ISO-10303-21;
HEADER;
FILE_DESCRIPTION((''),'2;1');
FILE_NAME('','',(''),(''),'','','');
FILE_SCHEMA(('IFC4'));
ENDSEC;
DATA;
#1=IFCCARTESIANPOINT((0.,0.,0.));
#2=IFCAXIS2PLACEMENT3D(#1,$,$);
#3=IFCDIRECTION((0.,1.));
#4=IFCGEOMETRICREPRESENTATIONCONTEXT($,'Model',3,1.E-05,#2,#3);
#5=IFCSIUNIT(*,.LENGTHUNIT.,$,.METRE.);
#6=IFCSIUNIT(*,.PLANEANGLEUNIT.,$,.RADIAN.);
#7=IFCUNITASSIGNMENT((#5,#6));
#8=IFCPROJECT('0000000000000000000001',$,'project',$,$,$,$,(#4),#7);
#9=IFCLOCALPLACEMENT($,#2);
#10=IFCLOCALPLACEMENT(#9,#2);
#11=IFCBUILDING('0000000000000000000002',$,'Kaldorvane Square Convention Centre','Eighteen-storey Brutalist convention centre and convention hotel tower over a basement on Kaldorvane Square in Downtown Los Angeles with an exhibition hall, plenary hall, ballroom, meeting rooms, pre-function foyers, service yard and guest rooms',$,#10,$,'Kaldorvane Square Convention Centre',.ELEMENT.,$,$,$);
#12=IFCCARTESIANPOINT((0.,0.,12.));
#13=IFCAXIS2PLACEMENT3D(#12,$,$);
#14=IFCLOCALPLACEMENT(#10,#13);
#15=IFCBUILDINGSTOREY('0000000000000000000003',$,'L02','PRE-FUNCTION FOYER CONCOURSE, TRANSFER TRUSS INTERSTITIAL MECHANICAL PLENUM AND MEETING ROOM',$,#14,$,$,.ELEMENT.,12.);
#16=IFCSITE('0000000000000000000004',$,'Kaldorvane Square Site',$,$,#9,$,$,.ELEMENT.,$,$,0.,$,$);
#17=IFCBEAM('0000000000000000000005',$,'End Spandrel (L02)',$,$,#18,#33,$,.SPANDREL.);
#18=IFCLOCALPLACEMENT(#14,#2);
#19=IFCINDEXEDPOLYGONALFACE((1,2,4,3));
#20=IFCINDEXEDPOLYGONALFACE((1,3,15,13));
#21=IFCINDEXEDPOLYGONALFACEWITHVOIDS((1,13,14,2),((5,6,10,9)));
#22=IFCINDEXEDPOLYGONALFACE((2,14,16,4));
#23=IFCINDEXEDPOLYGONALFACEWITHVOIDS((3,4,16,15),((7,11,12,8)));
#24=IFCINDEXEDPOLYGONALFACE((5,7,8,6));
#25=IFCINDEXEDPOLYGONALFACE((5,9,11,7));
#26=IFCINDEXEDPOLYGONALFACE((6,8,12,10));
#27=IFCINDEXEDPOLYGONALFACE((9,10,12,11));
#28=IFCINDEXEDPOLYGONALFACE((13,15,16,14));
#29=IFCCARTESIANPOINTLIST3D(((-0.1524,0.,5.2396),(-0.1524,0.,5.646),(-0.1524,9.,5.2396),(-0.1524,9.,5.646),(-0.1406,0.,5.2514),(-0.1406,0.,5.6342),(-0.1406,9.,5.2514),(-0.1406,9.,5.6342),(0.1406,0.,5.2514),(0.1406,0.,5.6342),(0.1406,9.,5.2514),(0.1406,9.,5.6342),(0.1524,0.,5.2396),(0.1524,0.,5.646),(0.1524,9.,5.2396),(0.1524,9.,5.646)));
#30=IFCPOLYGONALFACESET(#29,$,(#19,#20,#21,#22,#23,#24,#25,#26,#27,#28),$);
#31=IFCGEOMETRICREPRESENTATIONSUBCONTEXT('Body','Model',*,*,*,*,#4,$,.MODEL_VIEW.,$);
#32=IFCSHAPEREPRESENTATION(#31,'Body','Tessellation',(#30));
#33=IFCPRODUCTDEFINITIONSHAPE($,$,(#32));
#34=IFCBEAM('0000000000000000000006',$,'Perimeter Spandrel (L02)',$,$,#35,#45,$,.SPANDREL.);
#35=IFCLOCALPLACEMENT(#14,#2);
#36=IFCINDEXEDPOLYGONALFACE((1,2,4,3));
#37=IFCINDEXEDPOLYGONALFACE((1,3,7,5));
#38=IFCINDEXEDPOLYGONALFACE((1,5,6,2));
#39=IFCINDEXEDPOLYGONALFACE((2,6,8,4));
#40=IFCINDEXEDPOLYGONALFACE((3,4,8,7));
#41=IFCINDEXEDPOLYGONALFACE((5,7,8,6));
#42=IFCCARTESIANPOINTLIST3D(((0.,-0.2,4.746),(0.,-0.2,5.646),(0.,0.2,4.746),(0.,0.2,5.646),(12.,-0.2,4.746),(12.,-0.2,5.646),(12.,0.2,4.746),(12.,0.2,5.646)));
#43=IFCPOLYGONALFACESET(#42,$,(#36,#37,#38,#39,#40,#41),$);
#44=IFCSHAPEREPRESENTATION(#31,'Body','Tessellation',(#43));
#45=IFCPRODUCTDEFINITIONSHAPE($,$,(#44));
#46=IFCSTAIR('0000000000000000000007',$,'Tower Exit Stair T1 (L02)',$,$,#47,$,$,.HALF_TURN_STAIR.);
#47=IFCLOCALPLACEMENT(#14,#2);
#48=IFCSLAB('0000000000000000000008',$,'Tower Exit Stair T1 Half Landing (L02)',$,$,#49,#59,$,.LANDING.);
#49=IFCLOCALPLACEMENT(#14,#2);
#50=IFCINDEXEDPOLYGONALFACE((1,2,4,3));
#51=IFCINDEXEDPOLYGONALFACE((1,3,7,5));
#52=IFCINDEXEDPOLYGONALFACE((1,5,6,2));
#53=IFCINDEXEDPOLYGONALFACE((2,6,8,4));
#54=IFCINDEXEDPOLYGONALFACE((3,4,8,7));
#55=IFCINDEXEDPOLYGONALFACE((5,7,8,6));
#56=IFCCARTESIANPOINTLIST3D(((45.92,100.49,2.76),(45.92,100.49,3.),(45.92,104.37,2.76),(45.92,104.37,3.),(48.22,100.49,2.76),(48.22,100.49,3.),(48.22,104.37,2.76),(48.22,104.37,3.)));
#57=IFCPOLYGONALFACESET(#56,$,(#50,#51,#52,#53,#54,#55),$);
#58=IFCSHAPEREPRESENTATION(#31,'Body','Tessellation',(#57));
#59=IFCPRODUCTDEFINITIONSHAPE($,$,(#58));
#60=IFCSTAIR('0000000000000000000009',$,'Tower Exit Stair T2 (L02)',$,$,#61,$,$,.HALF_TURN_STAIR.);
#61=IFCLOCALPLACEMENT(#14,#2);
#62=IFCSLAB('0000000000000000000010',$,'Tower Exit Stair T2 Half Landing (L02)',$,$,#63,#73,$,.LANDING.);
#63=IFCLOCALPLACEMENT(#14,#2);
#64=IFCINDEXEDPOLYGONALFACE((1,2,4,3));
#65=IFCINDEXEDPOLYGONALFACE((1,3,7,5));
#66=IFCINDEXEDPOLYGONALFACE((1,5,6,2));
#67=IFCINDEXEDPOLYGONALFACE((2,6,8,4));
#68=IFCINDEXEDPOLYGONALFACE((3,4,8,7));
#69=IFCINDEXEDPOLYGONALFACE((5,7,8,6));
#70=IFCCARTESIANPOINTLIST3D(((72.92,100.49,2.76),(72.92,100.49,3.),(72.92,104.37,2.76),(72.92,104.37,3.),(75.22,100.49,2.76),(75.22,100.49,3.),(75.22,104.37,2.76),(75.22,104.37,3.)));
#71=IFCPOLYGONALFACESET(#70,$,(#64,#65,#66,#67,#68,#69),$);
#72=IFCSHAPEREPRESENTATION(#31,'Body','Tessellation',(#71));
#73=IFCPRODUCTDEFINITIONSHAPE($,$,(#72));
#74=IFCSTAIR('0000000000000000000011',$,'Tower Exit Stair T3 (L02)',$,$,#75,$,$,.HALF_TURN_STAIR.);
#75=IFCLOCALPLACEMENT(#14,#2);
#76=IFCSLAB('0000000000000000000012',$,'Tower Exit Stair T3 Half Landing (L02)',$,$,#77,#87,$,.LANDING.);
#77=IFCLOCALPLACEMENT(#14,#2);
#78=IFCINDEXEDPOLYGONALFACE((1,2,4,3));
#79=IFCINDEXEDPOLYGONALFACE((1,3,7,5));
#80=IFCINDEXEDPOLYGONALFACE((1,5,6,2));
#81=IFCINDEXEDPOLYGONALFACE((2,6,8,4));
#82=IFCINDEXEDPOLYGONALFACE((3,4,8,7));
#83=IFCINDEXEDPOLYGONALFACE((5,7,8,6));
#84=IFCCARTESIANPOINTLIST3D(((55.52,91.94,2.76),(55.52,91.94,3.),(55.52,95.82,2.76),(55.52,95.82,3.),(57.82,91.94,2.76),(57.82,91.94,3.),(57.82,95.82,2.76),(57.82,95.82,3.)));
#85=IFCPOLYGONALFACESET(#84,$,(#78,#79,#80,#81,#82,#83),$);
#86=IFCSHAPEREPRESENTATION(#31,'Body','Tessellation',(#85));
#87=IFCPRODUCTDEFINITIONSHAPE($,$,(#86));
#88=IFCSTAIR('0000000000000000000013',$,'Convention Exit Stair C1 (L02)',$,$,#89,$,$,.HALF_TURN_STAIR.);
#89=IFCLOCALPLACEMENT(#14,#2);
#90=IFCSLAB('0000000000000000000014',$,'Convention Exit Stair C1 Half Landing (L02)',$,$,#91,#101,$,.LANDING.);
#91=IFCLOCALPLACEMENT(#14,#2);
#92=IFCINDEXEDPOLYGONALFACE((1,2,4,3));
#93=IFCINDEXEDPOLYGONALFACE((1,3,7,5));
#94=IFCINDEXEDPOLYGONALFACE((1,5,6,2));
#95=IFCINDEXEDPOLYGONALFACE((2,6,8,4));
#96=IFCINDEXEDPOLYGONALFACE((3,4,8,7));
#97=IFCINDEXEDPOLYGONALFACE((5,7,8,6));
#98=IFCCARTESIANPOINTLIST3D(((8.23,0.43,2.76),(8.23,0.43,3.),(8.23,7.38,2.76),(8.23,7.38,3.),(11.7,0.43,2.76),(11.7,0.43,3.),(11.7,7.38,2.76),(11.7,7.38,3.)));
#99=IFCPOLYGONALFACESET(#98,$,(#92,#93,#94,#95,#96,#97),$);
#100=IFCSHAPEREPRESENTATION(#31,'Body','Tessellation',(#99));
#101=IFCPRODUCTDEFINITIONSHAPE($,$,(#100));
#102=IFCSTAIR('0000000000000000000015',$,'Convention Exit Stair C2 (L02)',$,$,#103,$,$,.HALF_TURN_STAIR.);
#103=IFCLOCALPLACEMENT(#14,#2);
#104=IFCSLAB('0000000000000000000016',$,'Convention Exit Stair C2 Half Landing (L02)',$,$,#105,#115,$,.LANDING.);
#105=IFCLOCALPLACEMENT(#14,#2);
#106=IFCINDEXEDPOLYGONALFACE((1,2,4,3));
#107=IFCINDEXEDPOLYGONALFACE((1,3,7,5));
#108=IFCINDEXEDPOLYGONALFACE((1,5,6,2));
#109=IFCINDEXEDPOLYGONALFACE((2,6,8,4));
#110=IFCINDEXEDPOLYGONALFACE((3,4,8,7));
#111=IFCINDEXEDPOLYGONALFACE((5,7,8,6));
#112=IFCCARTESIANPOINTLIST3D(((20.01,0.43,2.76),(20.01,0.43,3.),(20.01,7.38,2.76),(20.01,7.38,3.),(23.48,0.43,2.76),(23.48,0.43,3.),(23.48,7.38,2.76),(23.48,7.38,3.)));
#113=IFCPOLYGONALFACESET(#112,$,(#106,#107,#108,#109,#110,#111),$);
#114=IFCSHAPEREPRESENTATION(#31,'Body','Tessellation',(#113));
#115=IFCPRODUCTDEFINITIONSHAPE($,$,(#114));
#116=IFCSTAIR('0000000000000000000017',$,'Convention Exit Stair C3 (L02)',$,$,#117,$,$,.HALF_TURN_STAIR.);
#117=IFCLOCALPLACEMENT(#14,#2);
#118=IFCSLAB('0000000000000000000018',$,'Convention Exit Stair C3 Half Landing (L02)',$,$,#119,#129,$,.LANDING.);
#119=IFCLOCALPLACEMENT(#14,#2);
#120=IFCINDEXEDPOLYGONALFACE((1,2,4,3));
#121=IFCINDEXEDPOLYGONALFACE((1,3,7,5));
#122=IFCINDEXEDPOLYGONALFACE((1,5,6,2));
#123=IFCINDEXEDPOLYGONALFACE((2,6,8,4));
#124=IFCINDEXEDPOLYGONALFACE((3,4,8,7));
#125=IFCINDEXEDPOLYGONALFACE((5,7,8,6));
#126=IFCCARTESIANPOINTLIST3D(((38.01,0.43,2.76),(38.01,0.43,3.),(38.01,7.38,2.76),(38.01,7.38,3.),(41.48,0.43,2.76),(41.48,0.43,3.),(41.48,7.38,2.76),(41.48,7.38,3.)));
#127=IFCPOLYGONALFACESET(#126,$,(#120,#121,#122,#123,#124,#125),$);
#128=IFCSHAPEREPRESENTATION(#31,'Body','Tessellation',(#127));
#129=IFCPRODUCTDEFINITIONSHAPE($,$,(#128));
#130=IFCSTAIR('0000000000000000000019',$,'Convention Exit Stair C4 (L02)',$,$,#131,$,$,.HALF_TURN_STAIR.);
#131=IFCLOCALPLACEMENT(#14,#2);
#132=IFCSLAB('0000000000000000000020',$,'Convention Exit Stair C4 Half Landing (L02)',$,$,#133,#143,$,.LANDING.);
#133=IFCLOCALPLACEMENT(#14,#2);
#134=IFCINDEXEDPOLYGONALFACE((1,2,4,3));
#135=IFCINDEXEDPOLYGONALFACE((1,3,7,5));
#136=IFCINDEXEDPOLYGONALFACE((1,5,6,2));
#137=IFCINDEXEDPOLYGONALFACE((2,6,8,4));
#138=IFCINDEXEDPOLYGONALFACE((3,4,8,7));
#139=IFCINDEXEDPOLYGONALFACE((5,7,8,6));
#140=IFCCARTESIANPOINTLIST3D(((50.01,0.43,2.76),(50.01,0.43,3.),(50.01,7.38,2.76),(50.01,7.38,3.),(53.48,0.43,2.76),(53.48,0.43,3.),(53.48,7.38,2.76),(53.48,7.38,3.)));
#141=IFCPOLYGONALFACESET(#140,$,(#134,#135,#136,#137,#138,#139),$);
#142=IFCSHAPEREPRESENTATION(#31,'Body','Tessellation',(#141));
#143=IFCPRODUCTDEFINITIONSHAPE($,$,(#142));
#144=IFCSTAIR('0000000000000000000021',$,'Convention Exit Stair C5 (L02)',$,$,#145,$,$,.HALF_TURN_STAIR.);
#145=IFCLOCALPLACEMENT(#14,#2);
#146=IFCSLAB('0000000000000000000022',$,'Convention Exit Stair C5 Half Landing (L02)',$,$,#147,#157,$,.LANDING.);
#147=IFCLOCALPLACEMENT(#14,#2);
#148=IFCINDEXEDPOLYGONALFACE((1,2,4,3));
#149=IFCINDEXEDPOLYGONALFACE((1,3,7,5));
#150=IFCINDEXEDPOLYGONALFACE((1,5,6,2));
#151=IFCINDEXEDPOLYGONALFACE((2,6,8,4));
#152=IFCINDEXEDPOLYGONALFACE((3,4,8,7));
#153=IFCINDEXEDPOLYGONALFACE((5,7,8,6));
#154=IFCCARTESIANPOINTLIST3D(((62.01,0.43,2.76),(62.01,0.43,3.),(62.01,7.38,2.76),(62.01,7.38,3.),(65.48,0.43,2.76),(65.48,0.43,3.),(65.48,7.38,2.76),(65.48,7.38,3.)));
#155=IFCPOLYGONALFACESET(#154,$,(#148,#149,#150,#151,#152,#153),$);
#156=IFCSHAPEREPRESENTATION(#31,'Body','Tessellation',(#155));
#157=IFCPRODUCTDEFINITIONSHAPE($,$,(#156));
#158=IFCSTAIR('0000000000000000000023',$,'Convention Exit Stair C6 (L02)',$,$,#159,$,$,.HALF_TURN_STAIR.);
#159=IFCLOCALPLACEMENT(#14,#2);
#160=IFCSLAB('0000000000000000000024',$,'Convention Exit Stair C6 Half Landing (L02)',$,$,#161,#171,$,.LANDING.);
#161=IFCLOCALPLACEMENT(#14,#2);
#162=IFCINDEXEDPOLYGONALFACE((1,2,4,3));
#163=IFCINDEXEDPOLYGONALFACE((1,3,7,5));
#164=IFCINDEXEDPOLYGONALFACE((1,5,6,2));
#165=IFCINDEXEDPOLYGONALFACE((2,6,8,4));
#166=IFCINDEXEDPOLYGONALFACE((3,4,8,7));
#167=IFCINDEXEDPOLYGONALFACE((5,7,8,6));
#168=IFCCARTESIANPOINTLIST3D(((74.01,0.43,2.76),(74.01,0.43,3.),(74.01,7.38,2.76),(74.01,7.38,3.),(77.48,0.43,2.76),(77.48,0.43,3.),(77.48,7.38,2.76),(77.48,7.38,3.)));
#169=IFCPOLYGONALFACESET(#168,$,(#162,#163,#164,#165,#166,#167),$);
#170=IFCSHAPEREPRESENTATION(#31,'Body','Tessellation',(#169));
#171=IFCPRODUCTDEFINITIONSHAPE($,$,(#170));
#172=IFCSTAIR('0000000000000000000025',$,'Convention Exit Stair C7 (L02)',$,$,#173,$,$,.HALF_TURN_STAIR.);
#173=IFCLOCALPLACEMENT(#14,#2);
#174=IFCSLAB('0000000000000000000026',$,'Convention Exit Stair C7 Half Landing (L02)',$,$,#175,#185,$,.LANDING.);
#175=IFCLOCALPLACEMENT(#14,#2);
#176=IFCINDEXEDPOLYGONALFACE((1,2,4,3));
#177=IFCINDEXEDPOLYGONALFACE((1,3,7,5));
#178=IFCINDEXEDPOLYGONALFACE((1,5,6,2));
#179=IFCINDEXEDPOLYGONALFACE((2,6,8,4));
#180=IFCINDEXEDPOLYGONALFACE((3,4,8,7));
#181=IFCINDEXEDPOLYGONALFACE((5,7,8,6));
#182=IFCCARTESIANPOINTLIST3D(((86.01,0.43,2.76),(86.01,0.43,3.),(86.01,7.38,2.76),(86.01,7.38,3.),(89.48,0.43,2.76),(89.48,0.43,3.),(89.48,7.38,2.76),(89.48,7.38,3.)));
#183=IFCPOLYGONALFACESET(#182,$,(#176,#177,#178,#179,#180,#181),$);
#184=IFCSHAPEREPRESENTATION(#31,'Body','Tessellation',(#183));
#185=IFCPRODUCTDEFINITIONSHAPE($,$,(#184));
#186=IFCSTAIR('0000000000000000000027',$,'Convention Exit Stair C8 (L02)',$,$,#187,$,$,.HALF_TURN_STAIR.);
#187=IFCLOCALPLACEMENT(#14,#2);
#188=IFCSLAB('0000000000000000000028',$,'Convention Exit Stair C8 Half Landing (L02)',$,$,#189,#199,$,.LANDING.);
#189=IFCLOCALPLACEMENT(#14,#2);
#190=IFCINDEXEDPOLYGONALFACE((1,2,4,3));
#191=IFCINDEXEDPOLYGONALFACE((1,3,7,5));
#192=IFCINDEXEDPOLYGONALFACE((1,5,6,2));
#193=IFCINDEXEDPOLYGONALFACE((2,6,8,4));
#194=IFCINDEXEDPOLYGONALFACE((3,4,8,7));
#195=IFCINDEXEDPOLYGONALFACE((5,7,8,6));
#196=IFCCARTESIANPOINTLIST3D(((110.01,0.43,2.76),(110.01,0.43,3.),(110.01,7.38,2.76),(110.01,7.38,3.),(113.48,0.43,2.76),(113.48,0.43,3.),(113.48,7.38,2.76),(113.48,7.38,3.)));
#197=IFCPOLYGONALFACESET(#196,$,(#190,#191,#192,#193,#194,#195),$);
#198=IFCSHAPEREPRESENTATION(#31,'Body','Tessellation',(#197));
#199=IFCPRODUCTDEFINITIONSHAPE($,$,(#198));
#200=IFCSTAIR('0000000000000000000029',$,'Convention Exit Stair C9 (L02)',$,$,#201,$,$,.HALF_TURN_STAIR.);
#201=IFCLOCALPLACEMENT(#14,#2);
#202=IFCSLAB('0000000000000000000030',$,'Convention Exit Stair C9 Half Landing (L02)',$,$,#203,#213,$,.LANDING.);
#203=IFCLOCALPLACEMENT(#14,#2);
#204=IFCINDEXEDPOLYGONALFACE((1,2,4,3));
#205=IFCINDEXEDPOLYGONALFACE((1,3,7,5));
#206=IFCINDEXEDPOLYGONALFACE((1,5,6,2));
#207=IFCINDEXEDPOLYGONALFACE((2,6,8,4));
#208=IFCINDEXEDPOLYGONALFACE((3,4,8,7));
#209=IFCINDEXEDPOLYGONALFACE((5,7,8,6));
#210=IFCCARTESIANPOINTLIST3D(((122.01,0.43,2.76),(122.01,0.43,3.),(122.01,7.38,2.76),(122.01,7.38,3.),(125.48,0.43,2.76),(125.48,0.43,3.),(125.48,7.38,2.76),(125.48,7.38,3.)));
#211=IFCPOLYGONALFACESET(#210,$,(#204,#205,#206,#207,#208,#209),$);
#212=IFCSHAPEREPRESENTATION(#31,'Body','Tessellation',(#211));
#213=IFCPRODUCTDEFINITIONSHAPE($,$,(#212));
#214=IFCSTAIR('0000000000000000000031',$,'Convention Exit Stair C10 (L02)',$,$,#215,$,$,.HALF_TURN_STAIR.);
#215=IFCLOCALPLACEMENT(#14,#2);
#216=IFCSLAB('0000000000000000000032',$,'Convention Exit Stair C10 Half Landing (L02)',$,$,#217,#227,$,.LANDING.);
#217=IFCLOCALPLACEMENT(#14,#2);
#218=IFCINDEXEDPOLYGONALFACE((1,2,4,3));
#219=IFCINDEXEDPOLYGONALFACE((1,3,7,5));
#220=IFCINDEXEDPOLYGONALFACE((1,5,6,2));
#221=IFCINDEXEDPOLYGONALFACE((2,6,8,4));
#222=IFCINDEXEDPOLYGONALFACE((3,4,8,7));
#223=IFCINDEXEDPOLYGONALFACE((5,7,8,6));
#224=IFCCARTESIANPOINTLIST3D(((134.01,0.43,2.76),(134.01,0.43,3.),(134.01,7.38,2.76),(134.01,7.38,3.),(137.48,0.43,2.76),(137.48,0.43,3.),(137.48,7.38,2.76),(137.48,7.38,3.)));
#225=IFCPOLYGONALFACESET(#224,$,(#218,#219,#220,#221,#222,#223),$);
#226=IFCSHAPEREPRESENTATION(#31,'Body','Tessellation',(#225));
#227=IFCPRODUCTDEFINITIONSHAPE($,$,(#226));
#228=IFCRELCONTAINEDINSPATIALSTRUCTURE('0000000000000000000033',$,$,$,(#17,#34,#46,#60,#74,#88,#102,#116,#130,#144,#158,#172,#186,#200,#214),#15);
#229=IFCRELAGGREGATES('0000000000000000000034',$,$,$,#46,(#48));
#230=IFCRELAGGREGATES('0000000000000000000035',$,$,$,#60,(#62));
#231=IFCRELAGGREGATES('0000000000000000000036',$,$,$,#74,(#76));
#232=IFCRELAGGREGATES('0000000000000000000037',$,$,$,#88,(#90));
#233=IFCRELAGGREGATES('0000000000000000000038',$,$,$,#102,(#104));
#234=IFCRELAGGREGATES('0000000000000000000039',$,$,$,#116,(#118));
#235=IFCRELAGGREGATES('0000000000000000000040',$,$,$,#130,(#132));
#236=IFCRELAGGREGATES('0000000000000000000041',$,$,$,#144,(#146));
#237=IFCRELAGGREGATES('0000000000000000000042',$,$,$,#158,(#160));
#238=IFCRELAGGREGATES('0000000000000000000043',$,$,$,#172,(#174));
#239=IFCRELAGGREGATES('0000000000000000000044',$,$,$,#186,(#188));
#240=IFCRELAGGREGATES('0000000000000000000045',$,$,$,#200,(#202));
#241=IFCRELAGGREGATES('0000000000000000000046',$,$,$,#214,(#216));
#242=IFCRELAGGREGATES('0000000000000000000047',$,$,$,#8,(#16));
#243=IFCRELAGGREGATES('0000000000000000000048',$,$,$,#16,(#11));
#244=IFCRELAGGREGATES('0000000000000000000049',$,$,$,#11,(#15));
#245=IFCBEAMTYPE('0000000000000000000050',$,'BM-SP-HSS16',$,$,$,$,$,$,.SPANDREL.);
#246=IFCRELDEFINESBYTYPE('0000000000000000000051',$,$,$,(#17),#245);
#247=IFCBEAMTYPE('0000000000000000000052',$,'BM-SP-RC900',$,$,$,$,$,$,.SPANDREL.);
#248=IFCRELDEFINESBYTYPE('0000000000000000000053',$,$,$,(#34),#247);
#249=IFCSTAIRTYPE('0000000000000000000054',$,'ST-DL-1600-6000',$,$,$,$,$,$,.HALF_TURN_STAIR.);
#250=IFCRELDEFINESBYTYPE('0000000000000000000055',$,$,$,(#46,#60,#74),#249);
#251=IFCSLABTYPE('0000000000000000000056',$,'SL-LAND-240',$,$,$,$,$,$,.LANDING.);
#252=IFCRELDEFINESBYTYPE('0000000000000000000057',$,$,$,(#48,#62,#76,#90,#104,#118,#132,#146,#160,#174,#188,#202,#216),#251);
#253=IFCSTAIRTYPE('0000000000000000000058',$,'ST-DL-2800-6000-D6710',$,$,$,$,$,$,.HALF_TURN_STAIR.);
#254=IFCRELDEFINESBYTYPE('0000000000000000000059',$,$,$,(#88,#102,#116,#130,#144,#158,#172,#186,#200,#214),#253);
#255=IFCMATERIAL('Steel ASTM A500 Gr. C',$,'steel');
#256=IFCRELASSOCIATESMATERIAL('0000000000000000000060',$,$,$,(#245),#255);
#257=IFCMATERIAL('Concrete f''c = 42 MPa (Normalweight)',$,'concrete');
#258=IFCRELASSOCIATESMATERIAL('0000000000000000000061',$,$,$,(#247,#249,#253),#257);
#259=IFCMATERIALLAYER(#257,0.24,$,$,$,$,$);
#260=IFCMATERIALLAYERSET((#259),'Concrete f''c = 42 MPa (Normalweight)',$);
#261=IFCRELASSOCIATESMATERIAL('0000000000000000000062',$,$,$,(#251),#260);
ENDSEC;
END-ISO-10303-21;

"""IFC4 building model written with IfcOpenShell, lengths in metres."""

from ifc_helpers import new_model, si_unit, direction, frame, origin, origin_2d, place, context, subcontext, project, spatial, polyline, rectangle, hollow_rectangle, outline, extrude, material, layer, layer_set, material_profile, profile_set, type_object, element, aggregate, save


model = new_model("IFC4")

# Units and contexts
model_context = context("Model", 3, precision=1e-05, world=origin(), true_north=direction((0.0, 1.0)))
body_context = subcontext(model_context, "Body", "Model", "MODEL_VIEW")
ifc_project = project(units=[si_unit("LENGTHUNIT", "METRE"), si_unit("PLANEANGLEUNIT", "RADIAN")], contexts=[model_context])

# Site, building, storey
site_placement = place(None, origin())
site = spatial("IfcSite", under=ifc_project, at=site_placement, Name="Kaldorvane Square Site", CompositionType="ELEMENT", RefElevation=0.0)
building_placement = place(site_placement, origin())
building = spatial("IfcBuilding", under=site, at=building_placement, Name="Kaldorvane Square Convention Centre", Description="Eighteen-storey Brutalist convention centre and convention hotel tower over a basement on Kaldorvane Square in Downtown Los Angeles with an exhibition hall, plenary hall, ballroom, meeting rooms, pre-function foyers, service yard and guest rooms", LongName="Kaldorvane Square Convention Centre", CompositionType="ELEMENT")
storey_placement = place(building_placement, frame((0.0, 0.0, 12.0)))
storey = spatial("IfcBuildingStorey", under=building, at=storey_placement, Name="L02", Description="PRE-FUNCTION FOYER CONCOURSE, TRANSFER TRUSS INTERSTITIAL MECHANICAL PLENUM AND MEETING ROOM", CompositionType="ELEMENT", Elevation=12.0)

# Beams
ifc_material_1 = material(Name="Steel ASTM A500 Gr. C", Category="steel")
ifc_material_profile_1 = material_profile(ifc_material_1, hollow_rectangle(XDim=0.3048, YDim=0.4064, WallThickness=0.0118, at=origin_2d()), Name="HSS16X12X1/2")
ifc_profile_set_1 = profile_set([ifc_material_profile_1], Name="Steel ASTM A500 Gr. C")
beam_type_1 = type_object("IfcBeamType", Name="BM-SP-HSS16", PredefinedType="SPANDREL", material=ifc_profile_set_1)
beam_1_placement = place(storey_placement, frame((0.0, 0.0, 5.4428), z_axis=(0.0, 1.0, 0.0), x_axis=(-1.0, 0.0, 0.0)))
element("IfcBeam", 1, at=beam_1_placement, inside=storey, type_object=beam_type_1, Name="End Spandrel (L02)", PredefinedType="SPANDREL", context=body_context, shape_type="SweptSolid", body=[
    extrude(hollow_rectangle(XDim=0.3048, YDim=0.4064, WallThickness=0.0118, at=origin_2d()), origin(), (0.0, 0.0, 1.0), 9.0),
])
ifc_material_2 = material(Name="Concrete f'c = 42 MPa (Normalweight)", Category="concrete")
ifc_material_profile_2 = material_profile(ifc_material_2, rectangle(XDim=0.4, YDim=0.9, at=origin_2d()), Name="RCSP900X400")
ifc_profile_set_2 = profile_set([ifc_material_profile_2], Name="Concrete f'c = 42 MPa (Normalweight)")
beam_type_2 = type_object("IfcBeamType", Name="BM-SP-RC900", PredefinedType="SPANDREL", material=ifc_profile_set_2)
beam_2_placement = place(storey_placement, frame((0.0, 0.0, 5.196), z_axis=(1.0, 0.0, 0.0), x_axis=(0.0, 1.0, 0.0)))
element("IfcBeam", 2, at=beam_2_placement, inside=storey, type_object=beam_type_2, Name="Perimeter Spandrel (L02)", PredefinedType="SPANDREL", context=body_context, shape_type="SweptSolid", body=[
    extrude(rectangle(XDim=0.4, YDim=0.9, at=origin_2d()), origin(), (0.0, 0.0, 1.0), 12.0),
])

# Stairs, slabs
stair_type_1 = type_object("IfcStairType", Name="ST-DL-1600-6000", PredefinedType="HALF_TURN_STAIR", material=ifc_material_2)
stair_1_placement = place(storey_placement, origin())
stair_1 = element("IfcStair", 3, at=stair_1_placement, inside=storey, type_object=stair_type_1, Name="Tower Exit Stair T1 (L02)", PredefinedType="HALF_TURN_STAIR")
ifc_layer_1 = layer(ifc_material_2, 0.24)
ifc_layer_set_1 = layer_set([ifc_layer_1], Name="Concrete f'c = 42 MPa (Normalweight)")
slab_type = type_object("IfcSlabType", Name="SL-LAND-240", PredefinedType="LANDING", material=ifc_layer_set_1)
slab_1_placement = place(storey_placement, frame((0.0, 0.0, 2.76)))
slab_1 = element("IfcSlab", 4, at=slab_1_placement, type_object=slab_type, Name="Tower Exit Stair T1 Half Landing (L02)", PredefinedType="LANDING", context=body_context, shape_type="SweptSolid", body=[
    extrude(outline(polyline([(45.92, 100.49), (48.22, 100.49), (48.22, 104.37), (45.92, 104.37), (45.92, 100.49)])), origin(), (0.0, 0.0, 1.0), 0.24),
])
aggregate(stair_1, [slab_1])
stair_2_placement = place(storey_placement, origin())
stair_2 = element("IfcStair", 5, at=stair_2_placement, inside=storey, type_object=stair_type_1, Name="Tower Exit Stair T2 (L02)", PredefinedType="HALF_TURN_STAIR")
slab_2_placement = place(storey_placement, frame((0.0, 0.0, 2.76)))
slab_2 = element("IfcSlab", 6, at=slab_2_placement, type_object=slab_type, Name="Tower Exit Stair T2 Half Landing (L02)", PredefinedType="LANDING", context=body_context, shape_type="SweptSolid", body=[
    extrude(outline(polyline([(72.92, 100.49), (75.22, 100.49), (75.22, 104.37), (72.92, 104.37), (72.92, 100.49)])), origin(), (0.0, 0.0, 1.0), 0.24),
])
aggregate(stair_2, [slab_2])
stair_3_placement = place(storey_placement, origin())
stair_3 = element("IfcStair", 7, at=stair_3_placement, inside=storey, type_object=stair_type_1, Name="Tower Exit Stair T3 (L02)", PredefinedType="HALF_TURN_STAIR")
slab_3_placement = place(storey_placement, frame((0.0, 0.0, 2.76)))
slab_3 = element("IfcSlab", 8, at=slab_3_placement, type_object=slab_type, Name="Tower Exit Stair T3 Half Landing (L02)", PredefinedType="LANDING", context=body_context, shape_type="SweptSolid", body=[
    extrude(outline(polyline([(55.52, 91.94), (57.82, 91.94), (57.82, 95.82), (55.52, 95.82), (55.52, 91.94)])), origin(), (0.0, 0.0, 1.0), 0.24),
])
aggregate(stair_3, [slab_3])
stair_type_2 = type_object("IfcStairType", Name="ST-DL-2800-6000-D6710", PredefinedType="HALF_TURN_STAIR", material=ifc_material_2)
stair_4_placement = place(storey_placement, origin())
stair_4 = element("IfcStair", 9, at=stair_4_placement, inside=storey, type_object=stair_type_2, Name="Convention Exit Stair C1 (L02)", PredefinedType="HALF_TURN_STAIR")
slab_4_placement = place(storey_placement, frame((0.0, 0.0, 2.76)))
slab_4 = element("IfcSlab", 10, at=slab_4_placement, type_object=slab_type, Name="Convention Exit Stair C1 Half Landing (L02)", PredefinedType="LANDING", context=body_context, shape_type="SweptSolid", body=[
    extrude(outline(polyline([(8.23, 0.43), (11.7, 0.43), (11.7, 7.38), (8.23, 7.38), (8.23, 0.43)])), origin(), (0.0, 0.0, 1.0), 0.24),
])
aggregate(stair_4, [slab_4])
stair_5_placement = place(storey_placement, origin())
stair_5 = element("IfcStair", 11, at=stair_5_placement, inside=storey, type_object=stair_type_2, Name="Convention Exit Stair C2 (L02)", PredefinedType="HALF_TURN_STAIR")
slab_5_placement = place(storey_placement, frame((0.0, 0.0, 2.76)))
slab_5 = element("IfcSlab", 12, at=slab_5_placement, type_object=slab_type, Name="Convention Exit Stair C2 Half Landing (L02)", PredefinedType="LANDING", context=body_context, shape_type="SweptSolid", body=[
    extrude(outline(polyline([(20.01, 0.43), (23.48, 0.43), (23.48, 7.38), (20.01, 7.38), (20.01, 0.43)])), origin(), (0.0, 0.0, 1.0), 0.24),
])
aggregate(stair_5, [slab_5])
stair_6_placement = place(storey_placement, origin())
stair_6 = element("IfcStair", 13, at=stair_6_placement, inside=storey, type_object=stair_type_2, Name="Convention Exit Stair C3 (L02)", PredefinedType="HALF_TURN_STAIR")
slab_6_placement = place(storey_placement, frame((0.0, 0.0, 2.76)))
slab_6 = element("IfcSlab", 14, at=slab_6_placement, type_object=slab_type, Name="Convention Exit Stair C3 Half Landing (L02)", PredefinedType="LANDING", context=body_context, shape_type="SweptSolid", body=[
    extrude(outline(polyline([(38.01, 0.43), (41.48, 0.43), (41.48, 7.38), (38.01, 7.38), (38.01, 0.43)])), origin(), (0.0, 0.0, 1.0), 0.24),
])
aggregate(stair_6, [slab_6])
stair_7_placement = place(storey_placement, origin())
stair_7 = element("IfcStair", 15, at=stair_7_placement, inside=storey, type_object=stair_type_2, Name="Convention Exit Stair C4 (L02)", PredefinedType="HALF_TURN_STAIR")
slab_7_placement = place(storey_placement, frame((0.0, 0.0, 2.76)))
slab_7 = element("IfcSlab", 16, at=slab_7_placement, type_object=slab_type, Name="Convention Exit Stair C4 Half Landing (L02)", PredefinedType="LANDING", context=body_context, shape_type="SweptSolid", body=[
    extrude(outline(polyline([(50.01, 0.43), (53.48, 0.43), (53.48, 7.38), (50.01, 7.38), (50.01, 0.43)])), origin(), (0.0, 0.0, 1.0), 0.24),
])
aggregate(stair_7, [slab_7])
stair_8_placement = place(storey_placement, origin())
stair_8 = element("IfcStair", 17, at=stair_8_placement, inside=storey, type_object=stair_type_2, Name="Convention Exit Stair C5 (L02)", PredefinedType="HALF_TURN_STAIR")
slab_8_placement = place(storey_placement, frame((0.0, 0.0, 2.76)))
slab_8 = element("IfcSlab", 18, at=slab_8_placement, type_object=slab_type, Name="Convention Exit Stair C5 Half Landing (L02)", PredefinedType="LANDING", context=body_context, shape_type="SweptSolid", body=[
    extrude(outline(polyline([(62.01, 0.43), (65.48, 0.43), (65.48, 7.38), (62.01, 7.38), (62.01, 0.43)])), origin(), (0.0, 0.0, 1.0), 0.24),
])
aggregate(stair_8, [slab_8])
stair_9_placement = place(storey_placement, origin())
stair_9 = element("IfcStair", 19, at=stair_9_placement, inside=storey, type_object=stair_type_2, Name="Convention Exit Stair C6 (L02)", PredefinedType="HALF_TURN_STAIR")
slab_9_placement = place(storey_placement, frame((0.0, 0.0, 2.76)))
slab_9 = element("IfcSlab", 20, at=slab_9_placement, type_object=slab_type, Name="Convention Exit Stair C6 Half Landing (L02)", PredefinedType="LANDING", context=body_context, shape_type="SweptSolid", body=[
    extrude(outline(polyline([(74.01, 0.43), (77.48, 0.43), (77.48, 7.38), (74.01, 7.38), (74.01, 0.43)])), origin(), (0.0, 0.0, 1.0), 0.24),
])
aggregate(stair_9, [slab_9])
stair_10_placement = place(storey_placement, origin())
stair_10 = element("IfcStair", 21, at=stair_10_placement, inside=storey, type_object=stair_type_2, Name="Convention Exit Stair C7 (L02)", PredefinedType="HALF_TURN_STAIR")
slab_10_placement = place(storey_placement, frame((0.0, 0.0, 2.76)))
slab_10 = element("IfcSlab", 22, at=slab_10_placement, type_object=slab_type, Name="Convention Exit Stair C7 Half Landing (L02)", PredefinedType="LANDING", context=body_context, shape_type="SweptSolid", body=[
    extrude(outline(polyline([(86.01, 0.43), (89.48, 0.43), (89.48, 7.38), (86.01, 7.38), (86.01, 0.43)])), origin(), (0.0, 0.0, 1.0), 0.24),
])
aggregate(stair_10, [slab_10])
stair_11_placement = place(storey_placement, origin())
stair_11 = element("IfcStair", 23, at=stair_11_placement, inside=storey, type_object=stair_type_2, Name="Convention Exit Stair C8 (L02)", PredefinedType="HALF_TURN_STAIR")
slab_11_placement = place(storey_placement, frame((0.0, 0.0, 2.76)))
slab_11 = element("IfcSlab", 24, at=slab_11_placement, type_object=slab_type, Name="Convention Exit Stair C8 Half Landing (L02)", PredefinedType="LANDING", context=body_context, shape_type="SweptSolid", body=[
    extrude(outline(polyline([(110.01, 0.43), (113.48, 0.43), (113.48, 7.38), (110.01, 7.38), (110.01, 0.43)])), origin(), (0.0, 0.0, 1.0), 0.24),
])
aggregate(stair_11, [slab_11])
stair_12_placement = place(storey_placement, origin())
stair_12 = element("IfcStair", 25, at=stair_12_placement, inside=storey, type_object=stair_type_2, Name="Convention Exit Stair C9 (L02)", PredefinedType="HALF_TURN_STAIR")
slab_12_placement = place(storey_placement, frame((0.0, 0.0, 2.76)))
slab_12 = element("IfcSlab", 26, at=slab_12_placement, type_object=slab_type, Name="Convention Exit Stair C9 Half Landing (L02)", PredefinedType="LANDING", context=body_context, shape_type="SweptSolid", body=[
    extrude(outline(polyline([(122.01, 0.43), (125.48, 0.43), (125.48, 7.38), (122.01, 7.38), (122.01, 0.43)])), origin(), (0.0, 0.0, 1.0), 0.24),
])
aggregate(stair_12, [slab_12])
stair_13_placement = place(storey_placement, origin())
stair_13 = element("IfcStair", 27, at=stair_13_placement, inside=storey, type_object=stair_type_2, Name="Convention Exit Stair C10 (L02)", PredefinedType="HALF_TURN_STAIR")
slab_13_placement = place(storey_placement, frame((0.0, 0.0, 2.76)))
slab_13 = element("IfcSlab", 28, at=slab_13_placement, type_object=slab_type, Name="Convention Exit Stair C10 Half Landing (L02)", PredefinedType="LANDING", context=body_context, shape_type="SweptSolid", body=[
    extrude(outline(polyline([(134.01, 0.43), (137.48, 0.43), (137.48, 7.38), (134.01, 7.38), (134.01, 0.43)])), origin(), (0.0, 0.0, 1.0), 0.24),
])
aggregate(stair_13, [slab_13])

save(model, "model.ifc")
